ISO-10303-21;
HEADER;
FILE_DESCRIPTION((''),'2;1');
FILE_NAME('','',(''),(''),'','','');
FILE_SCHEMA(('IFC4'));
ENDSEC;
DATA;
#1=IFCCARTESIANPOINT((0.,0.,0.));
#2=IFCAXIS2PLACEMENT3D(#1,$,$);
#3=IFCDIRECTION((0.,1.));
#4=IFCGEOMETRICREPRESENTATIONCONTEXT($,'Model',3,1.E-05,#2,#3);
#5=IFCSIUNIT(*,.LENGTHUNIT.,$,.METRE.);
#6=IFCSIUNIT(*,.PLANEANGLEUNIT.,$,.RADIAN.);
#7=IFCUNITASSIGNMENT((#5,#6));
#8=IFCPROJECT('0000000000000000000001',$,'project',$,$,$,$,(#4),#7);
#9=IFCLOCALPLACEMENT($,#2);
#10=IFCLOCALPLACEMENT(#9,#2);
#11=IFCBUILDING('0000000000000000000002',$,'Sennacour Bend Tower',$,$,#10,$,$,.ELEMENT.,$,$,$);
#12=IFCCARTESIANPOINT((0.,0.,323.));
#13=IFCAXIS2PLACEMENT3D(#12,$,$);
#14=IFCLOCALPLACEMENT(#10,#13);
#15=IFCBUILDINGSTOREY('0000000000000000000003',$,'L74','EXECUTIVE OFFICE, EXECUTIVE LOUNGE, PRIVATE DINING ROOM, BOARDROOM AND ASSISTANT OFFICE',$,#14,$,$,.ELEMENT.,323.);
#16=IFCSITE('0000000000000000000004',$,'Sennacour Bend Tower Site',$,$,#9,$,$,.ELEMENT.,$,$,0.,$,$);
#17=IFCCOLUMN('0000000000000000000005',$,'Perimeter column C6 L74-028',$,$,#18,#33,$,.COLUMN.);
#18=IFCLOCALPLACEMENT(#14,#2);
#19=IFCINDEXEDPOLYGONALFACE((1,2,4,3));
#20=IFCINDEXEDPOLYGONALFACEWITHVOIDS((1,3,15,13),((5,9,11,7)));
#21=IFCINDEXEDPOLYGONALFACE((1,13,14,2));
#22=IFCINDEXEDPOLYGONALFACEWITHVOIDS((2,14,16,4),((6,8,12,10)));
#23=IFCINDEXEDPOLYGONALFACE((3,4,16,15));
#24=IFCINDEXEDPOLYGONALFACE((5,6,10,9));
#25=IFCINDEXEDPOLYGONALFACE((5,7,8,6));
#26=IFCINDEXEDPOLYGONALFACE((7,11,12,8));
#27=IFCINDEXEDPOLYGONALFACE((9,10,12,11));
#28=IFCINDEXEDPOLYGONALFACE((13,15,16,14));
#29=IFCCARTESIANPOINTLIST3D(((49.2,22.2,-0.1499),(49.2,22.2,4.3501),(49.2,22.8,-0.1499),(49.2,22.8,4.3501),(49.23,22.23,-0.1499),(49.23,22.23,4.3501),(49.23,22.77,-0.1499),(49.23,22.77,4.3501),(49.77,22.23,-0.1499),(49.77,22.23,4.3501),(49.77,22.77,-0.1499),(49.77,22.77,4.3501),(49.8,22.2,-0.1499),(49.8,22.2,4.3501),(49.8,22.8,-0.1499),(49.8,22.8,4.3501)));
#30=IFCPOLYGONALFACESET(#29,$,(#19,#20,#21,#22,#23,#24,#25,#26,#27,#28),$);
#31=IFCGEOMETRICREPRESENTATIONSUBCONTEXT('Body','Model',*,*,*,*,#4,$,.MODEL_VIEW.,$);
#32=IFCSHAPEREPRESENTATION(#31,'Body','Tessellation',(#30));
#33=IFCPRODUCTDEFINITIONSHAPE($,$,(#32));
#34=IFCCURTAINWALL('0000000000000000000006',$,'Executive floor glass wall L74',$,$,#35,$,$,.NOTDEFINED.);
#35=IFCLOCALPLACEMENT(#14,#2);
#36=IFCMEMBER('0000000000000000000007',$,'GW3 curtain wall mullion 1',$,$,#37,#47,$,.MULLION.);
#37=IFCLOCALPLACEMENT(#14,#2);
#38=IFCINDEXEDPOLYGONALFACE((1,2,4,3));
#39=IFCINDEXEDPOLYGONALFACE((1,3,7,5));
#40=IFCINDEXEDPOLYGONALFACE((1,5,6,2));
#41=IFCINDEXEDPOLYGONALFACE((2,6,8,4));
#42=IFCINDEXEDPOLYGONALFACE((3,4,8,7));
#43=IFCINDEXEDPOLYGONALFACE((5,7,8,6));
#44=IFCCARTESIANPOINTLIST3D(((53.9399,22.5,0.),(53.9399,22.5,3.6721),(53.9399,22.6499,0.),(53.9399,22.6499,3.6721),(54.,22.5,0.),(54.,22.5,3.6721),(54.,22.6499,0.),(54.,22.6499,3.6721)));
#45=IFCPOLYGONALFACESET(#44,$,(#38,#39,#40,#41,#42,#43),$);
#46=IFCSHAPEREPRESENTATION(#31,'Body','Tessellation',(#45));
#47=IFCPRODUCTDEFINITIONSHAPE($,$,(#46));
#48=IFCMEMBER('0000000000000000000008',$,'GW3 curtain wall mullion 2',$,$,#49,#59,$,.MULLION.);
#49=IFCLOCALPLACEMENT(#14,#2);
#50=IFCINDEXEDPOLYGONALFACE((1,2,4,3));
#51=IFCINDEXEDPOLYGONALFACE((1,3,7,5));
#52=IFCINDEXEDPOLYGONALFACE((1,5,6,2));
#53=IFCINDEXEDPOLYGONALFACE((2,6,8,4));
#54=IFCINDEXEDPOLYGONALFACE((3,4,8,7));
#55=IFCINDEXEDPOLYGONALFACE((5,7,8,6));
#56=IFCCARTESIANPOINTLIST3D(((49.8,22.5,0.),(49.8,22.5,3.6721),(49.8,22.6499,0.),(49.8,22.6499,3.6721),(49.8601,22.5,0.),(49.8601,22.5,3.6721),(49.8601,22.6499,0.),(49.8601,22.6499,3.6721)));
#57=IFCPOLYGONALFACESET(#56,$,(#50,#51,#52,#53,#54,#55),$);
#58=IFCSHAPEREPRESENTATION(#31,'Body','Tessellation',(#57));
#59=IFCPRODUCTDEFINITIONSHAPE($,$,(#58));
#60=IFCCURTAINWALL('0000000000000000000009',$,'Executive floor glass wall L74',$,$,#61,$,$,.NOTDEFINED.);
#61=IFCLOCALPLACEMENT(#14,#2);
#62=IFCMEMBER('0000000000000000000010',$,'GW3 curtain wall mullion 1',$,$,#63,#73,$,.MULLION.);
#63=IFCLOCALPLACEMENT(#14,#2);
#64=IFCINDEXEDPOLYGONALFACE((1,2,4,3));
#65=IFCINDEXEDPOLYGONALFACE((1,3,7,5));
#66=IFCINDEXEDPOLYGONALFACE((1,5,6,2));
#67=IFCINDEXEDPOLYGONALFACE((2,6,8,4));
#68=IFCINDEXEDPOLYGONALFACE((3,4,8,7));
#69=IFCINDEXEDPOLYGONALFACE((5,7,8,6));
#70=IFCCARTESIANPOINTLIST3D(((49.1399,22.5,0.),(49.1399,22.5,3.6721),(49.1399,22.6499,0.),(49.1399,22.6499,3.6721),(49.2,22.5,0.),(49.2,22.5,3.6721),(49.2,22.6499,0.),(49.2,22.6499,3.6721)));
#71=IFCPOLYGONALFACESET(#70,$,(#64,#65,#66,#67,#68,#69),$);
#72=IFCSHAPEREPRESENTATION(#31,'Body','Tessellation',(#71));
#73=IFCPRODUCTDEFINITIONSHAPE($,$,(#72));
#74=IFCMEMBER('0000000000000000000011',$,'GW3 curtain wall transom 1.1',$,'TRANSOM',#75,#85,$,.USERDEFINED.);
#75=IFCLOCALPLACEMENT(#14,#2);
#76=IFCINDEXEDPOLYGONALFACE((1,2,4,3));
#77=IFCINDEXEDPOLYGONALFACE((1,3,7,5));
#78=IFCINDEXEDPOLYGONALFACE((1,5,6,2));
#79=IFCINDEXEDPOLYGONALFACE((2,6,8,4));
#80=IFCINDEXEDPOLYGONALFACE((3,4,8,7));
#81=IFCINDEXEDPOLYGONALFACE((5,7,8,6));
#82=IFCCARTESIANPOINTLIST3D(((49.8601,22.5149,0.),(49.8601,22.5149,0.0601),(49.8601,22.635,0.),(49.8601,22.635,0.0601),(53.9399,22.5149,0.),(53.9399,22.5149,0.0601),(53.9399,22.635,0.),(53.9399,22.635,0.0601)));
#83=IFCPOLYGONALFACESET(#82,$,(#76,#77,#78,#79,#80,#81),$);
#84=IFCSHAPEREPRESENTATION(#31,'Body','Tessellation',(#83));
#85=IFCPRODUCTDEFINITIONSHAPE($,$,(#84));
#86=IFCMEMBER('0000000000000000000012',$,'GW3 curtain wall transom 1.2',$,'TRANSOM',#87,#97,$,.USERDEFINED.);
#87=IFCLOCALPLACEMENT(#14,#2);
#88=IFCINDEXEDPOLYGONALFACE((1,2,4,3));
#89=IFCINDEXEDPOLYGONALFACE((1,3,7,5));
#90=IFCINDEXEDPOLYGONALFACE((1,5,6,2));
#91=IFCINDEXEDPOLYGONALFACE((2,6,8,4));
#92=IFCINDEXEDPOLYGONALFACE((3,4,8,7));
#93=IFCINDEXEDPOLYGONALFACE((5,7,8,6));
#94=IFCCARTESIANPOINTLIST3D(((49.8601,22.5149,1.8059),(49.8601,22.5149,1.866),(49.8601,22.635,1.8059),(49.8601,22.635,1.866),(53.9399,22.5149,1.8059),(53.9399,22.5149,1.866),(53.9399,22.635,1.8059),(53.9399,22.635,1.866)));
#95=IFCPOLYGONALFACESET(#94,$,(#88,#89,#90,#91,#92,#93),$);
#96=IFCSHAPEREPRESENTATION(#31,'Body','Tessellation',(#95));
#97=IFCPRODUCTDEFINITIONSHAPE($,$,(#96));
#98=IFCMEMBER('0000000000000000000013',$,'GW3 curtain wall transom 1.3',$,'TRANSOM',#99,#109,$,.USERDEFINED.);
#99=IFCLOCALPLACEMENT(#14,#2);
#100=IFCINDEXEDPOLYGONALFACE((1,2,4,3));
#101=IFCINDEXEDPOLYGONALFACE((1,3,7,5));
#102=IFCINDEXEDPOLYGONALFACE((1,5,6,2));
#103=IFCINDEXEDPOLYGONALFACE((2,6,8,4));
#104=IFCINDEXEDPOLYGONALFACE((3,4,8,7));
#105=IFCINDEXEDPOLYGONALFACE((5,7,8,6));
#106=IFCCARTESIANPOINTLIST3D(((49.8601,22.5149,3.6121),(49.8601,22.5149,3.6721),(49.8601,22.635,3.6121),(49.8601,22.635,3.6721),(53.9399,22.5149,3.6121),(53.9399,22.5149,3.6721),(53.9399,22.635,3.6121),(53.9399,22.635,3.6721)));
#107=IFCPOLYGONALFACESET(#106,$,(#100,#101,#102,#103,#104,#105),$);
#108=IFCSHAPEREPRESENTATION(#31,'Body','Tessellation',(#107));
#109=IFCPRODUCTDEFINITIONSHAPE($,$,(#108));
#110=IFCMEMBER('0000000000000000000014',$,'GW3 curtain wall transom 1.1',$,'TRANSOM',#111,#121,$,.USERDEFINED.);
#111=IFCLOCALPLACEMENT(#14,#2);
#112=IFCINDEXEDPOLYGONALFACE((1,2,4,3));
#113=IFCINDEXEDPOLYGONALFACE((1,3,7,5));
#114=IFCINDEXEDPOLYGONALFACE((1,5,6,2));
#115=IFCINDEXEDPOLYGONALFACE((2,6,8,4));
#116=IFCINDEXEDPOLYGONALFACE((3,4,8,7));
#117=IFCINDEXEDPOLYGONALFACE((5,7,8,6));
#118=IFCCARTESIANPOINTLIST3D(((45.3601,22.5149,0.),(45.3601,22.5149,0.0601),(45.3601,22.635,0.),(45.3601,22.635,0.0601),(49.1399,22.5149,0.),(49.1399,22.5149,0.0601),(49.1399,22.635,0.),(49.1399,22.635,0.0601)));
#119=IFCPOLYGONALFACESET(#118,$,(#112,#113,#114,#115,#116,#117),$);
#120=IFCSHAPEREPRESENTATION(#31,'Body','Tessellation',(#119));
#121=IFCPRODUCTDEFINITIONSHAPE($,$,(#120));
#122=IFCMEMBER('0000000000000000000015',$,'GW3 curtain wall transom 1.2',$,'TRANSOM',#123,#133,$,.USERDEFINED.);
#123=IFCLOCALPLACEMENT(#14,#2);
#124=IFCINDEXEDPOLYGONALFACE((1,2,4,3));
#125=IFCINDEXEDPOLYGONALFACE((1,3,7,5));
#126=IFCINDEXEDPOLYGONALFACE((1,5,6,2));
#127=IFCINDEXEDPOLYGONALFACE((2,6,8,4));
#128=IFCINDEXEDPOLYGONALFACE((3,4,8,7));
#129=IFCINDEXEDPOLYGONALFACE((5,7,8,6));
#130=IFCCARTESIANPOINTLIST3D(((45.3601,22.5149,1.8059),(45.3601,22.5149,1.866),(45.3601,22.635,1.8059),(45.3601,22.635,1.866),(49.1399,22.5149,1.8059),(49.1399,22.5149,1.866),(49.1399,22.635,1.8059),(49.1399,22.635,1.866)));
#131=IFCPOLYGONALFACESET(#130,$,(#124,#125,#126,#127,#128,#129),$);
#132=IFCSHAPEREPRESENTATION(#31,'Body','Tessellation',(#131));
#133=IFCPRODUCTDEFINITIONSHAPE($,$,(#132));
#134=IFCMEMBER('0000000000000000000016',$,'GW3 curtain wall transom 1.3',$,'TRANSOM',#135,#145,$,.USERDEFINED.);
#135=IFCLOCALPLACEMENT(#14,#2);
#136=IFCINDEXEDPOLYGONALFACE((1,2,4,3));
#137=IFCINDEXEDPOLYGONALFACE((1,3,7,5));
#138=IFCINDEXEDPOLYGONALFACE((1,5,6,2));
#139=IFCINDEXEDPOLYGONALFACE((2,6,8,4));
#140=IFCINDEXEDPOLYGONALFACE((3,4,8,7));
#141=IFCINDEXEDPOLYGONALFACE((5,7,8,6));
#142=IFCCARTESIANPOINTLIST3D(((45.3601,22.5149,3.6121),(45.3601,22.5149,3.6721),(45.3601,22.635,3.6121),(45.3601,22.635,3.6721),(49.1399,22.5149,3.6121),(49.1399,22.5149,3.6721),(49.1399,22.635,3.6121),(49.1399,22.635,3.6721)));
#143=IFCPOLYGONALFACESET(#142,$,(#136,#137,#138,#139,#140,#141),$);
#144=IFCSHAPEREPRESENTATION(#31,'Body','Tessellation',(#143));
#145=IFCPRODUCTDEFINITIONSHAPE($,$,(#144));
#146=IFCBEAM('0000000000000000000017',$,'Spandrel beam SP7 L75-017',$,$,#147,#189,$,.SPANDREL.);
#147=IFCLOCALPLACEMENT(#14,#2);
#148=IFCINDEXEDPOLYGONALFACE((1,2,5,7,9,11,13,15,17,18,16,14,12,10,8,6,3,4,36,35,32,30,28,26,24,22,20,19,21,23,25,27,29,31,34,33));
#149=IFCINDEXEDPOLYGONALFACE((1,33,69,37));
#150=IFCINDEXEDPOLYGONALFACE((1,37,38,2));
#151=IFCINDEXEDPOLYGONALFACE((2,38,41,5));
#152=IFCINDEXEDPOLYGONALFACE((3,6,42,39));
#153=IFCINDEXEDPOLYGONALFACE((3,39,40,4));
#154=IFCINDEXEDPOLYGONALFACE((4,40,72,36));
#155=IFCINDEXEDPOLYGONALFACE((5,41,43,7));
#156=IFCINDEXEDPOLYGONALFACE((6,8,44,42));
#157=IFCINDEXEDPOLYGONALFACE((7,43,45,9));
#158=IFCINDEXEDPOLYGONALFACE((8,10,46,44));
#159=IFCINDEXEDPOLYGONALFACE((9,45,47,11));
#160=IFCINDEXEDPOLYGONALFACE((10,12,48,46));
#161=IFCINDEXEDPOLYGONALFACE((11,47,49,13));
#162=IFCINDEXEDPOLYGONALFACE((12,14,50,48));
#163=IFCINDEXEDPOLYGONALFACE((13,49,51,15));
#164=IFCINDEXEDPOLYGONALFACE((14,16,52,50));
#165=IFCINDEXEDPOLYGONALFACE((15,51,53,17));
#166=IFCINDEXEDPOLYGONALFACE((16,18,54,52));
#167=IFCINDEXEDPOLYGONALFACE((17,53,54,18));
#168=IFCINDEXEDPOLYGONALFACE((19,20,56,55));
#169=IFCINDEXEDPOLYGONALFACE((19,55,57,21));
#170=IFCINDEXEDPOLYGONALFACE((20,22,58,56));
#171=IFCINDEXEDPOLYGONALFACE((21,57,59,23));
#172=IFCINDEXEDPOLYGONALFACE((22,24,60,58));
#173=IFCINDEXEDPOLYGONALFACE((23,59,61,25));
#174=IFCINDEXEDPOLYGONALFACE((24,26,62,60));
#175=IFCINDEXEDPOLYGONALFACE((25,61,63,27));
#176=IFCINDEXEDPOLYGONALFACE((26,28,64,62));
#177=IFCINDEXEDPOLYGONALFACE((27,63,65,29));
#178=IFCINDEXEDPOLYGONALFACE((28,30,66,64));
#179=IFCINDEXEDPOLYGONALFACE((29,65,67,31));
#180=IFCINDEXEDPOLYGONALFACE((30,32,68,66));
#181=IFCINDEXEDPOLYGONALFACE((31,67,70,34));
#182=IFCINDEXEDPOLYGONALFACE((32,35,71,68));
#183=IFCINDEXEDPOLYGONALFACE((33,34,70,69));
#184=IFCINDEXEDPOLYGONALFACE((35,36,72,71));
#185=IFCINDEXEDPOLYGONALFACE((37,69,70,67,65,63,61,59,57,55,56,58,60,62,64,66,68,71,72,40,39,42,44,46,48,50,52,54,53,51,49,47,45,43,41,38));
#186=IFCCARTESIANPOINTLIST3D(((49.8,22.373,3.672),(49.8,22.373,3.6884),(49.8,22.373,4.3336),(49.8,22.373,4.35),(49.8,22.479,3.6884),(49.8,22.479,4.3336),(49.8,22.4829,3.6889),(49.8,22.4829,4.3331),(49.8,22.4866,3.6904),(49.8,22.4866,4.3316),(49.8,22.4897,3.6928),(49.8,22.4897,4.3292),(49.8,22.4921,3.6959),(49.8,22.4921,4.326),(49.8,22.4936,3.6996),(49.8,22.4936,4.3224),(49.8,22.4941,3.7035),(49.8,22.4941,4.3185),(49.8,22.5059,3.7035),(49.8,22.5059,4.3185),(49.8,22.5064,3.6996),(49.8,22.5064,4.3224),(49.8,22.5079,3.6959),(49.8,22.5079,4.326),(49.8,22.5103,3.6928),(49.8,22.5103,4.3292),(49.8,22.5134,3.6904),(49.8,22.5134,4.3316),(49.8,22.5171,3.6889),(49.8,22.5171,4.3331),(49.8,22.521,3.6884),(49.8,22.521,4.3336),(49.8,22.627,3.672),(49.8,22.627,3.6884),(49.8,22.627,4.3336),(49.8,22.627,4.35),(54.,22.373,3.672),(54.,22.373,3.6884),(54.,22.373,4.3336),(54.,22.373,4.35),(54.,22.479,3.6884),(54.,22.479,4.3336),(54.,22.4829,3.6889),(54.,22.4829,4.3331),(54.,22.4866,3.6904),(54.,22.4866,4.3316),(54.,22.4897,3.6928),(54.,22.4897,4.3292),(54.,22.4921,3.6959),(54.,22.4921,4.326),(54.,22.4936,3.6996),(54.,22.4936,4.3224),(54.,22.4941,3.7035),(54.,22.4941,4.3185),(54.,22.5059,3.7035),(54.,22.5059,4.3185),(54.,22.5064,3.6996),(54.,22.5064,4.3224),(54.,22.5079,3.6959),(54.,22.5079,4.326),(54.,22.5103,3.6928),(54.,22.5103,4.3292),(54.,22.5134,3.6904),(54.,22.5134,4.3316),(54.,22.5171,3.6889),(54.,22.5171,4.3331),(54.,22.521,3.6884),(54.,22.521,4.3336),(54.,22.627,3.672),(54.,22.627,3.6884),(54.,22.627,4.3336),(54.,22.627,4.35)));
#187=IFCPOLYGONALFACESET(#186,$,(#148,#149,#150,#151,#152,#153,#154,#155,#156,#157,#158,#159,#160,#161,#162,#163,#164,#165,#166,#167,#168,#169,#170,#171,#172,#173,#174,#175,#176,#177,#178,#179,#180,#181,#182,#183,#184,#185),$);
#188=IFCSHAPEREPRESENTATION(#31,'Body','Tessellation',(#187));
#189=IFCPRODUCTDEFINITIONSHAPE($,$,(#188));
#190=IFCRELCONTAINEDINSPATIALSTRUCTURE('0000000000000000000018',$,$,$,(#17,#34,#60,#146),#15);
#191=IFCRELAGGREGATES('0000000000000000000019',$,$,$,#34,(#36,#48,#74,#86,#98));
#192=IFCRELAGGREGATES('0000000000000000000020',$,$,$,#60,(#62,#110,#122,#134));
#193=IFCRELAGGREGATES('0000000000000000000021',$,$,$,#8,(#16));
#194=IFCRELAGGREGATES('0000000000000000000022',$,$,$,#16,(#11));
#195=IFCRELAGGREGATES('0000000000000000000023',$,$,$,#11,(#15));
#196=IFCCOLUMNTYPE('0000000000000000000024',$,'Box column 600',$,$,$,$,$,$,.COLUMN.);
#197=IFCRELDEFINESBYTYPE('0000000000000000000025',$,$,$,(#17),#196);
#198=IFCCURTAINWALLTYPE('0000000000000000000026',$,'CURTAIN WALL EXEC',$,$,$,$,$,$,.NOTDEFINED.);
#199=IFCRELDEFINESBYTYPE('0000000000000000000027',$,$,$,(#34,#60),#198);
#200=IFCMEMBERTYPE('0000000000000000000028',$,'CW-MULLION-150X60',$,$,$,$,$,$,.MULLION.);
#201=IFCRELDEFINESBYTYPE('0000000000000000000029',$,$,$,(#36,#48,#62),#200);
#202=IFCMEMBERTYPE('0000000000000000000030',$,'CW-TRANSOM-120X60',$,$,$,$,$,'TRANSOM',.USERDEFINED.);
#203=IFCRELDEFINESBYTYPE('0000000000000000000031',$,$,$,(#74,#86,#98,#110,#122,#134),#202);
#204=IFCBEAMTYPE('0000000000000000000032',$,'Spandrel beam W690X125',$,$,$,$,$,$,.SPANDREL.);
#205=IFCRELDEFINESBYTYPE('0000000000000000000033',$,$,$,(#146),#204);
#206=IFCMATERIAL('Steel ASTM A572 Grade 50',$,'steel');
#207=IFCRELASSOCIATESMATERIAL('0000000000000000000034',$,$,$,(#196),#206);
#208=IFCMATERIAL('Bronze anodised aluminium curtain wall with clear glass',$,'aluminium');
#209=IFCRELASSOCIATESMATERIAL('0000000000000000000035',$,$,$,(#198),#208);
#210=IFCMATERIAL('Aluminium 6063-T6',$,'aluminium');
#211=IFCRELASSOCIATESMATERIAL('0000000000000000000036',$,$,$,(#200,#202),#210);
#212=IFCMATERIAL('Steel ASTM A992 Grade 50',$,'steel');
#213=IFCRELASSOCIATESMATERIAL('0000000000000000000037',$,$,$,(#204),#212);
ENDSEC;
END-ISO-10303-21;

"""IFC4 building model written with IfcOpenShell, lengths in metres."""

from ifc_helpers import new_model, si_unit, direction, frame, origin, origin_2d, place, context, subcontext, project, spatial, rectangle, hollow_rectangle, i_section, extrude, material, material_profile, profile_set, type_object, element, aggregate, save


model = new_model("IFC4")

# Units and contexts
model_context = context("Model", 3, precision=1e-05, world=origin(), true_north=direction((0.0, 1.0)))
body_context = subcontext(model_context, "Body", "Model", "MODEL_VIEW")
ifc_project = project(units=[si_unit("LENGTHUNIT", "METRE"), si_unit("PLANEANGLEUNIT", "RADIAN")], contexts=[model_context])

# Site, building, storey
site_placement = place(None, origin())
site = spatial("IfcSite", under=ifc_project, at=site_placement, Name="Sennacour Bend Tower Site", CompositionType="ELEMENT", RefElevation=0.0)
building_placement = place(site_placement, origin())
building = spatial("IfcBuilding", under=site, at=building_placement, Name="Sennacour Bend Tower", CompositionType="ELEMENT")
storey_placement = place(building_placement, frame((0.0, 0.0, 323.0)))
storey = spatial("IfcBuildingStorey", under=building, at=storey_placement, Name="L74", Description="EXECUTIVE OFFICE, EXECUTIVE LOUNGE, PRIVATE DINING ROOM, BOARDROOM AND ASSISTANT OFFICE", CompositionType="ELEMENT", Elevation=323.0)

# Column
ifc_material_1 = material(Name="Steel ASTM A572 Grade 50", Category="steel")
ifc_material_profile_1 = material_profile(ifc_material_1, hollow_rectangle(XDim=0.6001, YDim=0.6001, WallThickness=0.03, at=origin_2d()), Name="Steel ASTM A572 Grade 50", Category="steel")
ifc_profile_set_1 = profile_set([ifc_material_profile_1], Name="Steel ASTM A572 Grade 50")
column_type = type_object("IfcColumnType", Name="Box column 600", PredefinedType="COLUMN", material=ifc_profile_set_1)
column_placement = place(storey_placement, frame((49.5, 22.5, -0.1499), z_axis=(0.0, 0.0, 1.0), x_axis=(1.0, 0.0, 0.0)))
element("IfcColumn", 1, at=column_placement, inside=storey, type_object=column_type, Name="Perimeter column C6 L74-028", PredefinedType="COLUMN", context=body_context, shape_type="SweptSolid", body=[
    extrude(hollow_rectangle(XDim=0.6001, YDim=0.6001, WallThickness=0.03, at=origin_2d()), origin(), (0.0, 0.0, 1.0), 4.5),
])

# Curtain wall, members
ifc_material_2 = material(Name="Bronze anodised aluminium curtain wall with clear glass", Category="aluminium")
curtain_wall_type = type_object("IfcCurtainWallType", Name="CURTAIN WALL EXEC", PredefinedType="NOTDEFINED", material=ifc_material_2)
curtain_wall_1_placement = place(storey_placement, origin())
curtain_wall_1 = element("IfcCurtainWall", 2, at=curtain_wall_1_placement, inside=storey, type_object=curtain_wall_type, Name="Executive floor glass wall L74", PredefinedType="NOTDEFINED")
ifc_material_3 = material(Name="Aluminium 6063-T6", Category="aluminium")
ifc_material_profile_2 = material_profile(ifc_material_3, rectangle(XDim=0.1499, YDim=0.0601, at=origin_2d()), Name="Aluminium 6063-T6", Category="aluminium")
ifc_profile_set_2 = profile_set([ifc_material_profile_2], Name="Aluminium 6063-T6")
member_type_1 = type_object("IfcMemberType", Name="CW-MULLION-150X60", PredefinedType="MULLION", material=ifc_profile_set_2)
member_1_placement = place(storey_placement, frame((53.97, 22.575, 0.0), z_axis=(0.0, 0.0, 1.0), x_axis=(0.0, -1.0, 0.0)))
member_1 = element("IfcMember", 3, at=member_1_placement, type_object=member_type_1, Name="GW3 curtain wall mullion 1", PredefinedType="MULLION", context=body_context, shape_type="SweptSolid", body=[
    extrude(rectangle(XDim=0.1499, YDim=0.0601, at=origin_2d()), origin(), (0.0, 0.0, 1.0), 3.6721),
])
member_2_placement = place(storey_placement, frame((49.8301, 22.575, 0.0), z_axis=(0.0, 0.0, 1.0), x_axis=(0.0, -1.0, 0.0)))
member_2 = element("IfcMember", 4, at=member_2_placement, type_object=member_type_1, Name="GW3 curtain wall mullion 2", PredefinedType="MULLION", context=body_context, shape_type="SweptSolid", body=[
    extrude(rectangle(XDim=0.1499, YDim=0.0601, at=origin_2d()), origin(), (0.0, 0.0, 1.0), 3.6721),
])

# Curtain wall, member
curtain_wall_2_placement = place(storey_placement, origin())
curtain_wall_2 = element("IfcCurtainWall", 5, at=curtain_wall_2_placement, inside=storey, type_object=curtain_wall_type, Name="Executive floor glass wall L74", PredefinedType="NOTDEFINED")
member_3_placement = place(storey_placement, frame((49.1699, 22.575, 0.0), z_axis=(0.0, 0.0, 1.0), x_axis=(0.0, -1.0, 0.0)))
member_3 = element("IfcMember", 6, at=member_3_placement, type_object=member_type_1, Name="GW3 curtain wall mullion 1", PredefinedType="MULLION", context=body_context, shape_type="SweptSolid", body=[
    extrude(rectangle(XDim=0.1499, YDim=0.0601, at=origin_2d()), origin(), (0.0, 0.0, 1.0), 3.6721),
])

# Members
ifc_material_profile_3 = material_profile(ifc_material_3, rectangle(XDim=0.1201, YDim=0.0601, at=origin_2d()), Name="Aluminium 6063-T6", Category="aluminium")
ifc_profile_set_3 = profile_set([ifc_material_profile_3], Name="Aluminium 6063-T6")
member_type_2 = type_object("IfcMemberType", Name="CW-TRANSOM-120X60", ElementType="TRANSOM", PredefinedType="USERDEFINED", material=ifc_profile_set_3)
member_4_placement = place(storey_placement, frame((53.9399, 22.575, 0.03), z_axis=(-1.0, 0.0, 0.0), x_axis=(0.0, -1.0, 0.0)))
member_4 = element("IfcMember", 7, at=member_4_placement, type_object=member_type_2, Name="GW3 curtain wall transom 1.1", ObjectType="TRANSOM", PredefinedType="USERDEFINED", context=body_context, shape_type="SweptSolid", body=[
    extrude(rectangle(XDim=0.1201, YDim=0.0601, at=origin_2d()), origin(), (0.0, 0.0, 1.0), 4.0798),
])
member_5_placement = place(storey_placement, frame((53.9399, 22.575, 1.8359), z_axis=(-1.0, 0.0, 0.0), x_axis=(0.0, -1.0, 0.0)))
member_5 = element("IfcMember", 8, at=member_5_placement, type_object=member_type_2, Name="GW3 curtain wall transom 1.2", ObjectType="TRANSOM", PredefinedType="USERDEFINED", context=body_context, shape_type="SweptSolid", body=[
    extrude(rectangle(XDim=0.1201, YDim=0.0601, at=origin_2d()), origin(), (0.0, 0.0, 1.0), 4.0798),
])
member_6_placement = place(storey_placement, frame((53.9399, 22.575, 3.6421), z_axis=(-1.0, 0.0, 0.0), x_axis=(0.0, -1.0, 0.0)))
member_6 = element("IfcMember", 9, at=member_6_placement, type_object=member_type_2, Name="GW3 curtain wall transom 1.3", ObjectType="TRANSOM", PredefinedType="USERDEFINED", context=body_context, shape_type="SweptSolid", body=[
    extrude(rectangle(XDim=0.1201, YDim=0.0601, at=origin_2d()), origin(), (0.0, 0.0, 1.0), 4.0798),
])
member_7_placement = place(storey_placement, frame((49.1399, 22.575, 0.03), z_axis=(-1.0, 0.0, 0.0), x_axis=(0.0, -1.0, 0.0)))
member_7 = element("IfcMember", 10, at=member_7_placement, type_object=member_type_2, Name="GW3 curtain wall transom 1.1", ObjectType="TRANSOM", PredefinedType="USERDEFINED", context=body_context, shape_type="SweptSolid", body=[
    extrude(rectangle(XDim=0.1201, YDim=0.0601, at=origin_2d()), origin(), (0.0, 0.0, 1.0), 3.7798),
])
member_8_placement = place(storey_placement, frame((49.1399, 22.575, 1.8359), z_axis=(-1.0, 0.0, 0.0), x_axis=(0.0, -1.0, 0.0)))
member_8 = element("IfcMember", 11, at=member_8_placement, type_object=member_type_2, Name="GW3 curtain wall transom 1.2", ObjectType="TRANSOM", PredefinedType="USERDEFINED", context=body_context, shape_type="SweptSolid", body=[
    extrude(rectangle(XDim=0.1201, YDim=0.0601, at=origin_2d()), origin(), (0.0, 0.0, 1.0), 3.7798),
])
member_9_placement = place(storey_placement, frame((49.1399, 22.575, 3.6421), z_axis=(-1.0, 0.0, 0.0), x_axis=(0.0, -1.0, 0.0)))
member_9 = element("IfcMember", 12, at=member_9_placement, type_object=member_type_2, Name="GW3 curtain wall transom 1.3", ObjectType="TRANSOM", PredefinedType="USERDEFINED", context=body_context, shape_type="SweptSolid", body=[
    extrude(rectangle(XDim=0.1201, YDim=0.0601, at=origin_2d()), origin(), (0.0, 0.0, 1.0), 3.7798),
])

# Beam
ifc_material_4 = material(Name="Steel ASTM A992 Grade 50", Category="steel")
ifc_material_profile_4 = material_profile(ifc_material_4, i_section(OverallWidth=0.2539, OverallDepth=0.678, WebThickness=0.0117, FlangeThickness=0.0164, FilletRadius=0.0151, at=origin_2d()), Name="Steel ASTM A992 Grade 50", Category="steel")
ifc_profile_set_4 = profile_set([ifc_material_profile_4], Name="Steel ASTM A992 Grade 50")
beam_type = type_object("IfcBeamType", Name="Spandrel beam W690X125", PredefinedType="SPANDREL", material=ifc_profile_set_4)
beam_placement = place(storey_placement, frame((49.8, 22.5, 4.011), z_axis=(1.0, 0.0, 0.0), x_axis=(0.0, 1.0, 0.0)))
element("IfcBeam", 13, at=beam_placement, inside=storey, type_object=beam_type, Name="Spandrel beam SP7 L75-017", PredefinedType="SPANDREL", context=body_context, shape_type="SweptSolid", body=[
    extrude(i_section(OverallWidth=0.2539, OverallDepth=0.678, WebThickness=0.0117, FlangeThickness=0.0164, FilletRadius=0.0151, at=origin_2d()), origin(), (0.0, 0.0, 1.0), 4.2),
])

aggregate(curtain_wall_1, [member_1, member_2, member_4, member_5, member_6])
aggregate(curtain_wall_2, [member_3, member_7, member_8, member_9])

save(model, "model.ifc")
